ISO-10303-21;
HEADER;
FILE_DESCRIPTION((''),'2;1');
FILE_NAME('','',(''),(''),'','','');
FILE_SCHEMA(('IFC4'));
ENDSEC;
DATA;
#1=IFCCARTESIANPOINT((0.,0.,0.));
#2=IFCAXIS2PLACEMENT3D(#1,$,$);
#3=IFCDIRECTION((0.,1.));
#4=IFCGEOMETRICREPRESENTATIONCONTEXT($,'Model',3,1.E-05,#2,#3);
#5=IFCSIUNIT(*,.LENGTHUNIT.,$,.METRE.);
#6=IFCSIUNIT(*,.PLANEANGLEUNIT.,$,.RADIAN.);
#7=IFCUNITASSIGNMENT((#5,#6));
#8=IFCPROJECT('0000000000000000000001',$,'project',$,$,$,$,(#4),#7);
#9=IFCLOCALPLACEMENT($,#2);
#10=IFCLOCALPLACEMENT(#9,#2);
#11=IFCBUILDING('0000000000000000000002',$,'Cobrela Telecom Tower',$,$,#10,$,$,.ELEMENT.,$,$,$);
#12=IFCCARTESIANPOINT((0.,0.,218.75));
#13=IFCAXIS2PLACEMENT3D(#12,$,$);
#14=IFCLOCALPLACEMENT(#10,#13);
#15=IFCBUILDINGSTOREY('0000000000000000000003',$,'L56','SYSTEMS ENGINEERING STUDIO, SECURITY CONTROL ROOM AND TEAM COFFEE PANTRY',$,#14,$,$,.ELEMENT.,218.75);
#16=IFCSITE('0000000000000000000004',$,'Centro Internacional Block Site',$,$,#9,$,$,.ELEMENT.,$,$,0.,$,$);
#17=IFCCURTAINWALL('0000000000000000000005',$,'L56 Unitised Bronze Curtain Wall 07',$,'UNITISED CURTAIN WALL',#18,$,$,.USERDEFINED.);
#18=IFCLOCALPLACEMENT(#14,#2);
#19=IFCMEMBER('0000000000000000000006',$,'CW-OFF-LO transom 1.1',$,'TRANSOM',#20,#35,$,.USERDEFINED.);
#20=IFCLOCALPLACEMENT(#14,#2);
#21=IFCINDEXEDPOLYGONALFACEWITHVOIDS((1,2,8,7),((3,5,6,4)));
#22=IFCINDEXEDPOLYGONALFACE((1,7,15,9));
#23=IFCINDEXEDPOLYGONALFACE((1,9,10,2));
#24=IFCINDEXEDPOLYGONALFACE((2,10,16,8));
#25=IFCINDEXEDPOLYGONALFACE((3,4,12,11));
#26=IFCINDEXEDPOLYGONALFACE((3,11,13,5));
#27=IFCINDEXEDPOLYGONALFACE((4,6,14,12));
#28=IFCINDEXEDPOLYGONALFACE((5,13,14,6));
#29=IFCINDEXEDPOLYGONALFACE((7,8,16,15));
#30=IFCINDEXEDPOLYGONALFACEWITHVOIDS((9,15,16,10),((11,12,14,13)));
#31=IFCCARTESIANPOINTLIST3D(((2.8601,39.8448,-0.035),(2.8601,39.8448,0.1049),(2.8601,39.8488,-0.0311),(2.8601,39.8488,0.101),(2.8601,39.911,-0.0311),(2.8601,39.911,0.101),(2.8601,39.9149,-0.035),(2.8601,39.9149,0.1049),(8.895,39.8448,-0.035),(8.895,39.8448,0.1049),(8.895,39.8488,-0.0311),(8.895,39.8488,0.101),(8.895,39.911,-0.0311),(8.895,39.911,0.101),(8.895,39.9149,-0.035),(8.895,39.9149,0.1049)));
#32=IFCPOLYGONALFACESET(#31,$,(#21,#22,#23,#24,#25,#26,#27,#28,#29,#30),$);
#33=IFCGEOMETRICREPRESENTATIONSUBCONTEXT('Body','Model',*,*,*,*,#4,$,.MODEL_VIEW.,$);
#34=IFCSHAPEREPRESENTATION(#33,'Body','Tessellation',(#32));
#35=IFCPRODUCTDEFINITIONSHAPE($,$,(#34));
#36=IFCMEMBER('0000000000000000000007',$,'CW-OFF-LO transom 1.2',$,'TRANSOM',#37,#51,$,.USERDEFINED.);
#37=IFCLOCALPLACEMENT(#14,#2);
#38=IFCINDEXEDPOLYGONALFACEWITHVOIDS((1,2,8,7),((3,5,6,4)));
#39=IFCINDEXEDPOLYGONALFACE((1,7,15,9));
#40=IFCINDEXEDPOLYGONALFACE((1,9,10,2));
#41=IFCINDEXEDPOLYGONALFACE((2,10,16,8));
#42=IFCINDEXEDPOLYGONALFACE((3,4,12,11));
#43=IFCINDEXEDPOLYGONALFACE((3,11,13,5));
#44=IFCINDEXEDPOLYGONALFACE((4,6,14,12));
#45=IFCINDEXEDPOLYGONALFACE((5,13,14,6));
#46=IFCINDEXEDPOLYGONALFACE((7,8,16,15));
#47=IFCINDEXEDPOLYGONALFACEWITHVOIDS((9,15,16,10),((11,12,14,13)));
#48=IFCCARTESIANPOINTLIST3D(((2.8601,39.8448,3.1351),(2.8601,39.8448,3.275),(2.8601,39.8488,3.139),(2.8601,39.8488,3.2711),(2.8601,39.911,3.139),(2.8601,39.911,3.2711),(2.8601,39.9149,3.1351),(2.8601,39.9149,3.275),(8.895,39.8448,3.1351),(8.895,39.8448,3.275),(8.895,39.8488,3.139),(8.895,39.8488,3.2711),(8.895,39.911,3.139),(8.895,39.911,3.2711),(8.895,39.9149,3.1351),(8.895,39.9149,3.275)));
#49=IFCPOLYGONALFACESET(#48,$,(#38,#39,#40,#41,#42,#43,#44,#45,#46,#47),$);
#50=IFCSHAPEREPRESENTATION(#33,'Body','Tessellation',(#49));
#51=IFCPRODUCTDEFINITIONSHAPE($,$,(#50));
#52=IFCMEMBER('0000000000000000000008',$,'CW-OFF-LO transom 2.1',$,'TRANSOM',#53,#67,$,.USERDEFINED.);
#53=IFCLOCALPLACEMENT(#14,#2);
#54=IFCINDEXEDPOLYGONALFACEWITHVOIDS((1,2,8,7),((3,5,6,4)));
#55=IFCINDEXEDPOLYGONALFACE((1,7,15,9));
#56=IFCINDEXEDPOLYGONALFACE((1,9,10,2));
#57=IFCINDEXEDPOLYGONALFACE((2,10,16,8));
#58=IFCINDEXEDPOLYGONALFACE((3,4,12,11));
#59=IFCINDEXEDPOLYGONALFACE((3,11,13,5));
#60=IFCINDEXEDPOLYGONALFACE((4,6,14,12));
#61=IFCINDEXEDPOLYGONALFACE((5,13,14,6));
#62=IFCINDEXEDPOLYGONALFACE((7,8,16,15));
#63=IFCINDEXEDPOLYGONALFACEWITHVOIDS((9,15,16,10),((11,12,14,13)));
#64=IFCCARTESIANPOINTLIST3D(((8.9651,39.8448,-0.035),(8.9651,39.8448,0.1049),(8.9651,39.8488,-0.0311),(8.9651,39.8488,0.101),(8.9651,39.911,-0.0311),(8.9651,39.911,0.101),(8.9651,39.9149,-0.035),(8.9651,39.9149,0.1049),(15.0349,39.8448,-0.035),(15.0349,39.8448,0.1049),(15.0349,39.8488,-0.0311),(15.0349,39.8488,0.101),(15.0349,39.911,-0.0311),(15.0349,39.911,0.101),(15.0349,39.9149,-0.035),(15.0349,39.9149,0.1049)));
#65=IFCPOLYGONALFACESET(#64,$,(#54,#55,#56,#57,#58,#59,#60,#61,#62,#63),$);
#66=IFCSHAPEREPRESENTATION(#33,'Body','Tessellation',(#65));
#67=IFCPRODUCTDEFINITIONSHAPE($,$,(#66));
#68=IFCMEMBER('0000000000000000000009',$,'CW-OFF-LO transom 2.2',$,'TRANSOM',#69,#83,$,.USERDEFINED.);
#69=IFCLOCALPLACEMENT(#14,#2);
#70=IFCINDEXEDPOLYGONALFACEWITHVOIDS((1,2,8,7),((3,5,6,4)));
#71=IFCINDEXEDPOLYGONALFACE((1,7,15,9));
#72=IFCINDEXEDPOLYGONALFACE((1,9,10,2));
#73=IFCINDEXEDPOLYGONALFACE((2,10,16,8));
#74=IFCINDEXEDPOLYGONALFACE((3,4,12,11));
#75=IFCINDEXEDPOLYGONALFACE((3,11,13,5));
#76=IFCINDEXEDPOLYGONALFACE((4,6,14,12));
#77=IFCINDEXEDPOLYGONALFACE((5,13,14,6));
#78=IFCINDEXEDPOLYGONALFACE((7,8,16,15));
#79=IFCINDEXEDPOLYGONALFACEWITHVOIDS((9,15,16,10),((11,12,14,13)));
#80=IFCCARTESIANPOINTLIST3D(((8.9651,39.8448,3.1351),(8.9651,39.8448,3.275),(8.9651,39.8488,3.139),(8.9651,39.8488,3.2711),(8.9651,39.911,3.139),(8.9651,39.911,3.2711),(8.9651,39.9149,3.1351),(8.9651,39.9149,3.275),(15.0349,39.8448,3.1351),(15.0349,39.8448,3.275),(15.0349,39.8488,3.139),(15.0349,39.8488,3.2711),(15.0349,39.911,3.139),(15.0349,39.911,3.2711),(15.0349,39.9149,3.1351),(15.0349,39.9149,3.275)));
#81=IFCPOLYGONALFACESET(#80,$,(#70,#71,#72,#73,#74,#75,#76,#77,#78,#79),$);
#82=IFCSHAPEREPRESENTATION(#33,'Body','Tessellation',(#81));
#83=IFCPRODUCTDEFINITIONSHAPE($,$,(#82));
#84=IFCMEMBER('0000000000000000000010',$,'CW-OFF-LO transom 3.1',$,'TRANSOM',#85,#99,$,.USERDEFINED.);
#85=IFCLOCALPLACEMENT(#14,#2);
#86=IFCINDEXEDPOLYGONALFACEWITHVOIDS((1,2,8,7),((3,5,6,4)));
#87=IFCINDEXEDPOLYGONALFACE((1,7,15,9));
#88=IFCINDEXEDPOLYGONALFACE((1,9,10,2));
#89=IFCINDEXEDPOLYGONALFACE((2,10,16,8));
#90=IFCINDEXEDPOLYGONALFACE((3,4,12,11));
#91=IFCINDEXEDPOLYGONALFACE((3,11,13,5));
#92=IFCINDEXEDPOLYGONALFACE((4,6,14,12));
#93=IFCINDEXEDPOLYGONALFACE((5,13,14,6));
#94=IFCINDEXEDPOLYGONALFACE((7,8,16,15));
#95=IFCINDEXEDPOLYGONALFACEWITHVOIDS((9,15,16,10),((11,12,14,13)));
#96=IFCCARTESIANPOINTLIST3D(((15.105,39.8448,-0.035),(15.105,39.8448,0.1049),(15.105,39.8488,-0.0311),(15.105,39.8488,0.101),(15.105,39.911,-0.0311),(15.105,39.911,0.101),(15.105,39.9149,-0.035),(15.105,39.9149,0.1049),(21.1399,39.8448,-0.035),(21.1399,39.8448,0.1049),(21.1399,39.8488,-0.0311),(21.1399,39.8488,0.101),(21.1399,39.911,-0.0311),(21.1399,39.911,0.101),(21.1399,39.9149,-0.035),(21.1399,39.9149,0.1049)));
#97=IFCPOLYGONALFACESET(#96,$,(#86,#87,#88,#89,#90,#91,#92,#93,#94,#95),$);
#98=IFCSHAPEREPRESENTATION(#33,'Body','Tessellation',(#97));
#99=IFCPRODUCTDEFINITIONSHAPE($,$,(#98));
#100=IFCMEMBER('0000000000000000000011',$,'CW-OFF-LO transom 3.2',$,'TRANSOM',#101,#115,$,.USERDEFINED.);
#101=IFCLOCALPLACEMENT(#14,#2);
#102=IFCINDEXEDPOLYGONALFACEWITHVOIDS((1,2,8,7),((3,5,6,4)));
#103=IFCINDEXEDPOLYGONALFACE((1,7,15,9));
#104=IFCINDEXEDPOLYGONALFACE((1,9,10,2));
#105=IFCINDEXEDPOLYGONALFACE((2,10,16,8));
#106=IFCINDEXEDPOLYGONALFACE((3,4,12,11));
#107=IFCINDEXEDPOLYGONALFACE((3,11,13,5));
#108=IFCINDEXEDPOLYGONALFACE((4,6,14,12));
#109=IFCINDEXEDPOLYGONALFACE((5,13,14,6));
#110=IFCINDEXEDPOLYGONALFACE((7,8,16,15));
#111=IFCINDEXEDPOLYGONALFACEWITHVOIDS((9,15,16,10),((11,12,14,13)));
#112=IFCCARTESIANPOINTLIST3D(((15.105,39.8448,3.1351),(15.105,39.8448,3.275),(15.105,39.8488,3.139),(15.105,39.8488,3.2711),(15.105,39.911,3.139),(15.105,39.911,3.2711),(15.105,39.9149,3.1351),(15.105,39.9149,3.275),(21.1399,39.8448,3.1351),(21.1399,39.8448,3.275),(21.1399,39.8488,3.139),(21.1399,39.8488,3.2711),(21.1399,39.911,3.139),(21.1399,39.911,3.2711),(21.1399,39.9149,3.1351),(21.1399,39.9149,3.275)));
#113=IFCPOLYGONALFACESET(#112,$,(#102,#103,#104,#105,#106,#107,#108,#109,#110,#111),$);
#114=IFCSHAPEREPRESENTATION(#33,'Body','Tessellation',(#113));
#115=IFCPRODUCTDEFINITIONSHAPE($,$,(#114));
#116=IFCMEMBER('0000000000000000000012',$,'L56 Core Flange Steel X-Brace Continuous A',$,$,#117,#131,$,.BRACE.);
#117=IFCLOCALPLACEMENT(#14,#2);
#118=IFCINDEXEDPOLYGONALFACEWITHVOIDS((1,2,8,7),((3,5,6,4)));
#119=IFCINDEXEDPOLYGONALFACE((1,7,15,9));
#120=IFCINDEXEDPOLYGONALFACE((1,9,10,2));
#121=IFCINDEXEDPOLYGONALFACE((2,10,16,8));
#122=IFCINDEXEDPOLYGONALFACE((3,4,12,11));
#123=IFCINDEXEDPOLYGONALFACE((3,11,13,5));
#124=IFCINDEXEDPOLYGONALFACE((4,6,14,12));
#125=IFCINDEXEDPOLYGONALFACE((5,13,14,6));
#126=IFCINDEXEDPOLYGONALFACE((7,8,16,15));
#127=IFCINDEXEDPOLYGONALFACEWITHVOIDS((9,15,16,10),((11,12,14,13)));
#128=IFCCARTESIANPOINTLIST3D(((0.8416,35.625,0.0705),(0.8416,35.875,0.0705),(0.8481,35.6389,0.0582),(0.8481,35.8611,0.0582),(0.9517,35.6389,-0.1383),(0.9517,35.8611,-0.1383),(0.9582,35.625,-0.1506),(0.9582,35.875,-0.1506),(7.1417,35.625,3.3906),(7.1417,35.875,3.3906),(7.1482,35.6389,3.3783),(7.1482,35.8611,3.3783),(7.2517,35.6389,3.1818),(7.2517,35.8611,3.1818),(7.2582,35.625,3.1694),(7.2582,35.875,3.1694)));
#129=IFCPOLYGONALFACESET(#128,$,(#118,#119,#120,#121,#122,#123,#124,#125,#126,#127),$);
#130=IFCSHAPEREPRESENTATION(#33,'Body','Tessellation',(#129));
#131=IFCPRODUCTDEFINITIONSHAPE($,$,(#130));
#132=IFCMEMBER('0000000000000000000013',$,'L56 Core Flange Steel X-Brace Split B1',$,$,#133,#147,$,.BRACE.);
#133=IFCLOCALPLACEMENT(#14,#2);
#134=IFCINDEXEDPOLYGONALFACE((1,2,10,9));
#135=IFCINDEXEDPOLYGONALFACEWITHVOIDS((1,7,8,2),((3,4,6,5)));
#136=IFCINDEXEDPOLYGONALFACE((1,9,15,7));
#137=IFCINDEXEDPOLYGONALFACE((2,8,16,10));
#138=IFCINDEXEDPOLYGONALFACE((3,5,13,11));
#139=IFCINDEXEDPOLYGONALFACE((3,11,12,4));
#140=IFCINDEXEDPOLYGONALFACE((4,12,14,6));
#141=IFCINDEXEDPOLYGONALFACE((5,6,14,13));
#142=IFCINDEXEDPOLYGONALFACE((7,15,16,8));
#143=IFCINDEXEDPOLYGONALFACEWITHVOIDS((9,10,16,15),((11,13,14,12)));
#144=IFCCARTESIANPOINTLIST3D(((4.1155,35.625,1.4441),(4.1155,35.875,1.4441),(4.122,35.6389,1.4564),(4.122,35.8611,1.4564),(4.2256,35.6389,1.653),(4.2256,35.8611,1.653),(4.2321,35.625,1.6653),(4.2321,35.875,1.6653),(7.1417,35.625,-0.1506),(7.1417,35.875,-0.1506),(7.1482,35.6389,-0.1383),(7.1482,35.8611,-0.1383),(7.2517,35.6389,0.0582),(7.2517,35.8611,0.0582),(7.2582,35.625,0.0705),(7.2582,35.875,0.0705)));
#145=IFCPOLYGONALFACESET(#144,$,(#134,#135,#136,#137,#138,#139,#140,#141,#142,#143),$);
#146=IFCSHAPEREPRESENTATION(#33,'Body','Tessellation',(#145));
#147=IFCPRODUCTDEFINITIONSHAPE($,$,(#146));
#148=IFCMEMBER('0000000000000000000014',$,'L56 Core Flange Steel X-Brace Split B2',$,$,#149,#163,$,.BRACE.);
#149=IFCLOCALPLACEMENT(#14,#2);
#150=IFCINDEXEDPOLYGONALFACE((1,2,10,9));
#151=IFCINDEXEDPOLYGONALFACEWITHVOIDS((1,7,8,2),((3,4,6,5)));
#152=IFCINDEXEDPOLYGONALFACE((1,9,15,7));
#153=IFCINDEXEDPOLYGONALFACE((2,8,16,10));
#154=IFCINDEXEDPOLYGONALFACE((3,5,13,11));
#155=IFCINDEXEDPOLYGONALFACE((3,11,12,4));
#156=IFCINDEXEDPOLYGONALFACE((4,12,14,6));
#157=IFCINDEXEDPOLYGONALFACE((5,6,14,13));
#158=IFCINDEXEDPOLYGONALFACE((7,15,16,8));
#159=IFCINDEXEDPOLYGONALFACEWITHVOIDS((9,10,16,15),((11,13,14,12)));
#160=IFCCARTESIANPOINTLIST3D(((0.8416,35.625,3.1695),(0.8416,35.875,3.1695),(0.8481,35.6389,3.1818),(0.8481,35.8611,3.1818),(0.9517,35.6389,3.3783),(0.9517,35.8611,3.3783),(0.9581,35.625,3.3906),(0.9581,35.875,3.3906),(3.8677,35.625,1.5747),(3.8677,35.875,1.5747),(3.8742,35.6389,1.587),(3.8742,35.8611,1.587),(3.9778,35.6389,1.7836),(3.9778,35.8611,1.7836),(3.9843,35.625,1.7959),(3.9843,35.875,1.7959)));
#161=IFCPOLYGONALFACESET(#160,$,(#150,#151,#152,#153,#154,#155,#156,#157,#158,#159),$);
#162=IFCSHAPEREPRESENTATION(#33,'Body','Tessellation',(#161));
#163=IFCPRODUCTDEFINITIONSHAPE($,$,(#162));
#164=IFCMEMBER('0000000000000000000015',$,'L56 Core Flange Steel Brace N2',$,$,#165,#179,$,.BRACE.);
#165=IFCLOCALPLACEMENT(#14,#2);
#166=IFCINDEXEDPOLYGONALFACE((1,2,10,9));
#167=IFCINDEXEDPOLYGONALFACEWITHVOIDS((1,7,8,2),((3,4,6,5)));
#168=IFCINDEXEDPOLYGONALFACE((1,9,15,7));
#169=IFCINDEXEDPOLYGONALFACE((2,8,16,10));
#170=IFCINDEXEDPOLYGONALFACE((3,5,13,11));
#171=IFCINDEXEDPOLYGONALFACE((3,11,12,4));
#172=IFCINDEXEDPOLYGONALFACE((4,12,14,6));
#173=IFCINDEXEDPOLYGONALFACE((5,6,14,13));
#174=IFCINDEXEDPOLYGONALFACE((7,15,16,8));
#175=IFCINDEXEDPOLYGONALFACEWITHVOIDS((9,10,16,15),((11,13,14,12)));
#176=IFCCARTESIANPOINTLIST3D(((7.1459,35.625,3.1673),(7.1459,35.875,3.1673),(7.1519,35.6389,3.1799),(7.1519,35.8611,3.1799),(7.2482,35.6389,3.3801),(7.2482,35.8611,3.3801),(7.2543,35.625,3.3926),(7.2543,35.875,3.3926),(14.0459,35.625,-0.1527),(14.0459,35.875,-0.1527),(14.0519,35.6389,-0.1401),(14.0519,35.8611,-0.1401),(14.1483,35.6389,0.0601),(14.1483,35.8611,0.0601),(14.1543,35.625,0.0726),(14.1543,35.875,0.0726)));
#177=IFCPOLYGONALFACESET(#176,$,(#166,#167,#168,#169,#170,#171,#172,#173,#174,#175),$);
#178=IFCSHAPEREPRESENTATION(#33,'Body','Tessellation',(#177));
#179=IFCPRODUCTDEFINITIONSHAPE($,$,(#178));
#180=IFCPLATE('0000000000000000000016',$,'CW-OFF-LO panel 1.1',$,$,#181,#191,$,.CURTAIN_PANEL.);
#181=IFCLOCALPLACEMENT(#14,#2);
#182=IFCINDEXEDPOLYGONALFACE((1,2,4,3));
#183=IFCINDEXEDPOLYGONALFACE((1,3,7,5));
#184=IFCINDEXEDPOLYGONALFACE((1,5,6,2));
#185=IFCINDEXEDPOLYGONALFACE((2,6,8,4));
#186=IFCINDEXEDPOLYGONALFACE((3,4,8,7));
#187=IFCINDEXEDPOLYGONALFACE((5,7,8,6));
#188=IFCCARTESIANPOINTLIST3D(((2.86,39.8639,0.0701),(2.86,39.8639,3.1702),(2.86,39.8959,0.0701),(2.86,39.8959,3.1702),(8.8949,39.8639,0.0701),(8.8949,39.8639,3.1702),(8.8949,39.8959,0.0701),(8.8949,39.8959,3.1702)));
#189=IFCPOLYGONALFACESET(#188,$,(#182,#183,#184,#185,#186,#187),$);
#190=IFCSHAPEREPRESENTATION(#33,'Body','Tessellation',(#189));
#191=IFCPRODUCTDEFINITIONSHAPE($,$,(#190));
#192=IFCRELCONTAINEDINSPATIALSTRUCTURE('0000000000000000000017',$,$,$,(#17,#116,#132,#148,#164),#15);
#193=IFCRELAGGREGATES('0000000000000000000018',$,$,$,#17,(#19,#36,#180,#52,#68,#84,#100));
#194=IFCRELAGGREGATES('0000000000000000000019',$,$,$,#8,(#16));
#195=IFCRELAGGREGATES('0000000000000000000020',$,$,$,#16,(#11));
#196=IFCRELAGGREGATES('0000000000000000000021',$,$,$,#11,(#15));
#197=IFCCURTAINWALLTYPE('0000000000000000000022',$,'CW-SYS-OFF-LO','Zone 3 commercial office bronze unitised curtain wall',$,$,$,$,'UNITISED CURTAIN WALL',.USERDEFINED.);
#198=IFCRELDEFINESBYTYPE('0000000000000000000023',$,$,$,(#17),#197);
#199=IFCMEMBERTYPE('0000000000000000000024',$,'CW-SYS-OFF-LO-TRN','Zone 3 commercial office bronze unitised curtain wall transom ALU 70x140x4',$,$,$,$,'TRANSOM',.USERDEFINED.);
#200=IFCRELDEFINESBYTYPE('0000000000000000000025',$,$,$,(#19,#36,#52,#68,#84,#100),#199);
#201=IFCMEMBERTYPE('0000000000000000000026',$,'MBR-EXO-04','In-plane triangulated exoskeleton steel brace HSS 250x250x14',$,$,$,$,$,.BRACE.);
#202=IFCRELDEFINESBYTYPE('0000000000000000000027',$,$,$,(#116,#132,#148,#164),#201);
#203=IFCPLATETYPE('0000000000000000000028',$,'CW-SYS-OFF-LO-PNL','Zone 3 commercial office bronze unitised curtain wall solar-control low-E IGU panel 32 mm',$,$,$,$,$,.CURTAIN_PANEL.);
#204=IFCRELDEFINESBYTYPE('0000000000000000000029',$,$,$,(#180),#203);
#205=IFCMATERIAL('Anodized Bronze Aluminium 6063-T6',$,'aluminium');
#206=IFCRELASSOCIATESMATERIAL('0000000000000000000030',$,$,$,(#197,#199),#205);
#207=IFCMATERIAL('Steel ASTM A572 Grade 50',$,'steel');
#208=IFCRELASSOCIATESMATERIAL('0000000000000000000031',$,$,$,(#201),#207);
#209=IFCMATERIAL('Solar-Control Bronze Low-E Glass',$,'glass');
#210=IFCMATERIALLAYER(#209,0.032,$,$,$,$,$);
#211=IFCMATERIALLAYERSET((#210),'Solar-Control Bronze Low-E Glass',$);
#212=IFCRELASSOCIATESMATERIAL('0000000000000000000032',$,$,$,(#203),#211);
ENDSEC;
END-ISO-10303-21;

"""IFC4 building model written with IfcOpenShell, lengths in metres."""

from ifc_helpers import new_model, si_unit, direction, frame, origin, origin_2d, place, context, subcontext, project, spatial, rectangle, hollow_rectangle, extrude, material, layer, layer_set, material_profile, profile_set, type_object, element, aggregate, save


model = new_model("IFC4")

# Units and contexts
model_context = context("Model", 3, precision=1e-05, world=origin(), true_north=direction((0.0, 1.0)))
body_context = subcontext(model_context, "Body", "Model", "MODEL_VIEW")
ifc_project = project(units=[si_unit("LENGTHUNIT", "METRE"), si_unit("PLANEANGLEUNIT", "RADIAN")], contexts=[model_context])

# Site, building, storey
site_placement = place(None, origin())
site = spatial("IfcSite", under=ifc_project, at=site_placement, Name="Centro Internacional Block Site", CompositionType="ELEMENT", RefElevation=0.0)
building_placement = place(site_placement, origin())
building = spatial("IfcBuilding", under=site, at=building_placement, Name="Cobrela Telecom Tower", CompositionType="ELEMENT")
storey_placement = place(building_placement, frame((0.0, 0.0, 218.75)))
storey = spatial("IfcBuildingStorey", under=building, at=storey_placement, Name="L56", Description="SYSTEMS ENGINEERING STUDIO, SECURITY CONTROL ROOM AND TEAM COFFEE PANTRY", CompositionType="ELEMENT", Elevation=218.75)

# Shared definitions
ifc_material_1 = material(Name="Steel ASTM A572 Grade 50", Category="steel")

# Curtain wall, members
ifc_material_2 = material(Name="Anodized Bronze Aluminium 6063-T6", Category="aluminium")
curtain_wall_type = type_object("IfcCurtainWallType", Name="CW-SYS-OFF-LO", Description="Zone 3 commercial office bronze unitised curtain wall", ElementType="UNITISED CURTAIN WALL", PredefinedType="USERDEFINED", material=ifc_material_2)
curtain_wall_placement = place(storey_placement, origin())
curtain_wall = element("IfcCurtainWall", 1, at=curtain_wall_placement, inside=storey, type_object=curtain_wall_type, Name="L56 Unitised Bronze Curtain Wall 07", ObjectType="UNITISED CURTAIN WALL", PredefinedType="USERDEFINED")
ifc_material_profile_1 = material_profile(ifc_material_2, hollow_rectangle(XDim=0.0701, YDim=0.1399, WallThickness=0.0039, at=origin_2d()), Name="ALU 70x140x4")
ifc_profile_set_1 = profile_set([ifc_material_profile_1], Name="Anodized Bronze Aluminium 6063-T6")
member_type_1 = type_object("IfcMemberType", Name="CW-SYS-OFF-LO-TRN", Description="Zone 3 commercial office bronze unitised curtain wall transom ALU 70x140x4", ElementType="TRANSOM", PredefinedType="USERDEFINED", material=ifc_profile_set_1)
member_1_placement = place(storey_placement, frame((2.8601, 39.8799, 0.0349), z_axis=(1.0, 0.0, 0.0), x_axis=(0.0, 1.0, 0.0)))
member_1 = element("IfcMember", 2, at=member_1_placement, type_object=member_type_1, Name="CW-OFF-LO transom 1.1", ObjectType="TRANSOM", PredefinedType="USERDEFINED", context=body_context, shape_type="SweptSolid", body=[
    extrude(hollow_rectangle(XDim=0.0701, YDim=0.1399, WallThickness=0.0039, at=origin_2d()), origin(), (0.0, 0.0, 1.0), 6.0349),
])
member_2_placement = place(storey_placement, frame((2.8601, 39.8799, 3.2051), z_axis=(1.0, 0.0, 0.0), x_axis=(0.0, 1.0, 0.0)))
member_2 = element("IfcMember", 3, at=member_2_placement, type_object=member_type_1, Name="CW-OFF-LO transom 1.2", ObjectType="TRANSOM", PredefinedType="USERDEFINED", context=body_context, shape_type="SweptSolid", body=[
    extrude(hollow_rectangle(XDim=0.0701, YDim=0.1399, WallThickness=0.0039, at=origin_2d()), origin(), (0.0, 0.0, 1.0), 6.0349),
])
member_3_placement = place(storey_placement, frame((8.9651, 39.8799, 0.0349), z_axis=(1.0, 0.0, 0.0), x_axis=(0.0, 1.0, 0.0)))
member_3 = element("IfcMember", 4, at=member_3_placement, type_object=member_type_1, Name="CW-OFF-LO transom 2.1", ObjectType="TRANSOM", PredefinedType="USERDEFINED", context=body_context, shape_type="SweptSolid", body=[
    extrude(hollow_rectangle(XDim=0.0701, YDim=0.1399, WallThickness=0.0039, at=origin_2d()), origin(), (0.0, 0.0, 1.0), 6.0698),
])
member_4_placement = place(storey_placement, frame((8.9651, 39.8799, 3.2051), z_axis=(1.0, 0.0, 0.0), x_axis=(0.0, 1.0, 0.0)))
member_4 = element("IfcMember", 5, at=member_4_placement, type_object=member_type_1, Name="CW-OFF-LO transom 2.2", ObjectType="TRANSOM", PredefinedType="USERDEFINED", context=body_context, shape_type="SweptSolid", body=[
    extrude(hollow_rectangle(XDim=0.0701, YDim=0.1399, WallThickness=0.0039, at=origin_2d()), origin(), (0.0, 0.0, 1.0), 6.0698),
])
member_5_placement = place(storey_placement, frame((15.105, 39.8799, 0.0349), z_axis=(1.0, 0.0, 0.0), x_axis=(0.0, 1.0, 0.0)))
member_5 = element("IfcMember", 6, at=member_5_placement, type_object=member_type_1, Name="CW-OFF-LO transom 3.1", ObjectType="TRANSOM", PredefinedType="USERDEFINED", context=body_context, shape_type="SweptSolid", body=[
    extrude(hollow_rectangle(XDim=0.0701, YDim=0.1399, WallThickness=0.0039, at=origin_2d()), origin(), (0.0, 0.0, 1.0), 6.0349),
])
member_6_placement = place(storey_placement, frame((15.105, 39.8799, 3.2051), z_axis=(1.0, 0.0, 0.0), x_axis=(0.0, 1.0, 0.0)))
member_6 = element("IfcMember", 7, at=member_6_placement, type_object=member_type_1, Name="CW-OFF-LO transom 3.2", ObjectType="TRANSOM", PredefinedType="USERDEFINED", context=body_context, shape_type="SweptSolid", body=[
    extrude(hollow_rectangle(XDim=0.0701, YDim=0.1399, WallThickness=0.0039, at=origin_2d()), origin(), (0.0, 0.0, 1.0), 6.0349),
])

# Members
ifc_material_profile_2 = material_profile(ifc_material_1, hollow_rectangle(XDim=0.25, YDim=0.25, WallThickness=0.0139, at=origin_2d()), Name="HSS 250x250x14")
ifc_profile_set_2 = profile_set([ifc_material_profile_2], Name="Steel ASTM A572 Grade 50")
member_type_2 = type_object("IfcMemberType", Name="MBR-EXO-04", Description="In-plane triangulated exoskeleton steel brace HSS 250x250x14", PredefinedType="BRACE", material=ifc_profile_set_2)
member_7_placement = place(storey_placement, frame((0.8999, 35.75, -0.04), z_axis=(0.884672, 0.0, 0.466214), x_axis=(0.0, 1.0, 0.0)))
element("IfcMember", 8, at=member_7_placement, inside=storey, type_object=member_type_2, Name="L56 Core Flange Steel X-Brace Continuous A", PredefinedType="BRACE", context=body_context, shape_type="SweptSolid", body=[
    extrude(hollow_rectangle(XDim=0.25, YDim=0.25, WallThickness=0.0139, at=origin_2d()), origin(), (0.0, 0.0, 1.0), 7.1213),
])
for number, where, z_axis, x_axis, name in (
    (9, (7.2, 35.75, -0.04), (-0.884673, 0.0, 0.466211), (0.0, -1.0, 0.0), "L56 Core Flange Steel X-Brace Split B1"),
    (10, (3.926, 35.75, 1.6853), (-0.884673, 0.0, 0.466211), (0.0, -1.0, 0.0), "L56 Core Flange Steel X-Brace Split B2"),
):
    element("IfcMember", number, at=place(storey_placement, frame(where, z_axis=z_axis, x_axis=x_axis)), inside=storey, type_object=member_type_2, Name=name, PredefinedType="BRACE", context=body_context, shape_type="SweptSolid", body=[
        extrude(hollow_rectangle(XDim=0.25, YDim=0.25, WallThickness=0.0139, at=origin_2d()), origin(), (0.0, 0.0, 1.0), 3.4207),
    ])
member_8_placement = place(storey_placement, frame((14.1001, 35.75, -0.04), z_axis=(-0.901115, 0.0, 0.43358), x_axis=(0.0, -1.0, 0.0)))
element("IfcMember", 11, at=member_8_placement, inside=storey, type_object=member_type_2, Name="L56 Core Flange Steel Brace N2", PredefinedType="BRACE", context=body_context, shape_type="SweptSolid", body=[
    extrude(hollow_rectangle(XDim=0.25, YDim=0.25, WallThickness=0.0139, at=origin_2d()), origin(), (0.0, 0.0, 1.0), 7.6572),
])

# Plate
ifc_material_3 = material(Name="Solar-Control Bronze Low-E Glass", Category="glass")
ifc_layer_1 = layer(ifc_material_3, 0.032)
ifc_layer_set_1 = layer_set([ifc_layer_1], Name="Solar-Control Bronze Low-E Glass")
plate_type_1 = type_object("IfcPlateType", Name="CW-SYS-OFF-LO-PNL", Description="Zone 3 commercial office bronze unitised curtain wall solar-control low-E IGU panel 32 mm", PredefinedType="CURTAIN_PANEL", material=ifc_layer_set_1)
plate_1_placement = place(storey_placement, frame((5.8774, 39.8799, 0.0701), z_axis=(0.0, 0.0, 1.0), x_axis=(1.0, 0.0, 0.0)))
plate_1 = element("IfcPlate", 12, at=plate_1_placement, type_object=plate_type_1, Name="CW-OFF-LO panel 1.1", PredefinedType="CURTAIN_PANEL", context=body_context, shape_type="SweptSolid", body=[
    extrude(rectangle(XDim=6.0349, YDim=0.032, at=origin_2d()), origin(), (0.0, 0.0, 1.0), 3.1001),
])
aggregate(curtain_wall, [member_1, member_2, plate_1, member_3, member_4, member_5, member_6])

save(model, "model.ifc")
